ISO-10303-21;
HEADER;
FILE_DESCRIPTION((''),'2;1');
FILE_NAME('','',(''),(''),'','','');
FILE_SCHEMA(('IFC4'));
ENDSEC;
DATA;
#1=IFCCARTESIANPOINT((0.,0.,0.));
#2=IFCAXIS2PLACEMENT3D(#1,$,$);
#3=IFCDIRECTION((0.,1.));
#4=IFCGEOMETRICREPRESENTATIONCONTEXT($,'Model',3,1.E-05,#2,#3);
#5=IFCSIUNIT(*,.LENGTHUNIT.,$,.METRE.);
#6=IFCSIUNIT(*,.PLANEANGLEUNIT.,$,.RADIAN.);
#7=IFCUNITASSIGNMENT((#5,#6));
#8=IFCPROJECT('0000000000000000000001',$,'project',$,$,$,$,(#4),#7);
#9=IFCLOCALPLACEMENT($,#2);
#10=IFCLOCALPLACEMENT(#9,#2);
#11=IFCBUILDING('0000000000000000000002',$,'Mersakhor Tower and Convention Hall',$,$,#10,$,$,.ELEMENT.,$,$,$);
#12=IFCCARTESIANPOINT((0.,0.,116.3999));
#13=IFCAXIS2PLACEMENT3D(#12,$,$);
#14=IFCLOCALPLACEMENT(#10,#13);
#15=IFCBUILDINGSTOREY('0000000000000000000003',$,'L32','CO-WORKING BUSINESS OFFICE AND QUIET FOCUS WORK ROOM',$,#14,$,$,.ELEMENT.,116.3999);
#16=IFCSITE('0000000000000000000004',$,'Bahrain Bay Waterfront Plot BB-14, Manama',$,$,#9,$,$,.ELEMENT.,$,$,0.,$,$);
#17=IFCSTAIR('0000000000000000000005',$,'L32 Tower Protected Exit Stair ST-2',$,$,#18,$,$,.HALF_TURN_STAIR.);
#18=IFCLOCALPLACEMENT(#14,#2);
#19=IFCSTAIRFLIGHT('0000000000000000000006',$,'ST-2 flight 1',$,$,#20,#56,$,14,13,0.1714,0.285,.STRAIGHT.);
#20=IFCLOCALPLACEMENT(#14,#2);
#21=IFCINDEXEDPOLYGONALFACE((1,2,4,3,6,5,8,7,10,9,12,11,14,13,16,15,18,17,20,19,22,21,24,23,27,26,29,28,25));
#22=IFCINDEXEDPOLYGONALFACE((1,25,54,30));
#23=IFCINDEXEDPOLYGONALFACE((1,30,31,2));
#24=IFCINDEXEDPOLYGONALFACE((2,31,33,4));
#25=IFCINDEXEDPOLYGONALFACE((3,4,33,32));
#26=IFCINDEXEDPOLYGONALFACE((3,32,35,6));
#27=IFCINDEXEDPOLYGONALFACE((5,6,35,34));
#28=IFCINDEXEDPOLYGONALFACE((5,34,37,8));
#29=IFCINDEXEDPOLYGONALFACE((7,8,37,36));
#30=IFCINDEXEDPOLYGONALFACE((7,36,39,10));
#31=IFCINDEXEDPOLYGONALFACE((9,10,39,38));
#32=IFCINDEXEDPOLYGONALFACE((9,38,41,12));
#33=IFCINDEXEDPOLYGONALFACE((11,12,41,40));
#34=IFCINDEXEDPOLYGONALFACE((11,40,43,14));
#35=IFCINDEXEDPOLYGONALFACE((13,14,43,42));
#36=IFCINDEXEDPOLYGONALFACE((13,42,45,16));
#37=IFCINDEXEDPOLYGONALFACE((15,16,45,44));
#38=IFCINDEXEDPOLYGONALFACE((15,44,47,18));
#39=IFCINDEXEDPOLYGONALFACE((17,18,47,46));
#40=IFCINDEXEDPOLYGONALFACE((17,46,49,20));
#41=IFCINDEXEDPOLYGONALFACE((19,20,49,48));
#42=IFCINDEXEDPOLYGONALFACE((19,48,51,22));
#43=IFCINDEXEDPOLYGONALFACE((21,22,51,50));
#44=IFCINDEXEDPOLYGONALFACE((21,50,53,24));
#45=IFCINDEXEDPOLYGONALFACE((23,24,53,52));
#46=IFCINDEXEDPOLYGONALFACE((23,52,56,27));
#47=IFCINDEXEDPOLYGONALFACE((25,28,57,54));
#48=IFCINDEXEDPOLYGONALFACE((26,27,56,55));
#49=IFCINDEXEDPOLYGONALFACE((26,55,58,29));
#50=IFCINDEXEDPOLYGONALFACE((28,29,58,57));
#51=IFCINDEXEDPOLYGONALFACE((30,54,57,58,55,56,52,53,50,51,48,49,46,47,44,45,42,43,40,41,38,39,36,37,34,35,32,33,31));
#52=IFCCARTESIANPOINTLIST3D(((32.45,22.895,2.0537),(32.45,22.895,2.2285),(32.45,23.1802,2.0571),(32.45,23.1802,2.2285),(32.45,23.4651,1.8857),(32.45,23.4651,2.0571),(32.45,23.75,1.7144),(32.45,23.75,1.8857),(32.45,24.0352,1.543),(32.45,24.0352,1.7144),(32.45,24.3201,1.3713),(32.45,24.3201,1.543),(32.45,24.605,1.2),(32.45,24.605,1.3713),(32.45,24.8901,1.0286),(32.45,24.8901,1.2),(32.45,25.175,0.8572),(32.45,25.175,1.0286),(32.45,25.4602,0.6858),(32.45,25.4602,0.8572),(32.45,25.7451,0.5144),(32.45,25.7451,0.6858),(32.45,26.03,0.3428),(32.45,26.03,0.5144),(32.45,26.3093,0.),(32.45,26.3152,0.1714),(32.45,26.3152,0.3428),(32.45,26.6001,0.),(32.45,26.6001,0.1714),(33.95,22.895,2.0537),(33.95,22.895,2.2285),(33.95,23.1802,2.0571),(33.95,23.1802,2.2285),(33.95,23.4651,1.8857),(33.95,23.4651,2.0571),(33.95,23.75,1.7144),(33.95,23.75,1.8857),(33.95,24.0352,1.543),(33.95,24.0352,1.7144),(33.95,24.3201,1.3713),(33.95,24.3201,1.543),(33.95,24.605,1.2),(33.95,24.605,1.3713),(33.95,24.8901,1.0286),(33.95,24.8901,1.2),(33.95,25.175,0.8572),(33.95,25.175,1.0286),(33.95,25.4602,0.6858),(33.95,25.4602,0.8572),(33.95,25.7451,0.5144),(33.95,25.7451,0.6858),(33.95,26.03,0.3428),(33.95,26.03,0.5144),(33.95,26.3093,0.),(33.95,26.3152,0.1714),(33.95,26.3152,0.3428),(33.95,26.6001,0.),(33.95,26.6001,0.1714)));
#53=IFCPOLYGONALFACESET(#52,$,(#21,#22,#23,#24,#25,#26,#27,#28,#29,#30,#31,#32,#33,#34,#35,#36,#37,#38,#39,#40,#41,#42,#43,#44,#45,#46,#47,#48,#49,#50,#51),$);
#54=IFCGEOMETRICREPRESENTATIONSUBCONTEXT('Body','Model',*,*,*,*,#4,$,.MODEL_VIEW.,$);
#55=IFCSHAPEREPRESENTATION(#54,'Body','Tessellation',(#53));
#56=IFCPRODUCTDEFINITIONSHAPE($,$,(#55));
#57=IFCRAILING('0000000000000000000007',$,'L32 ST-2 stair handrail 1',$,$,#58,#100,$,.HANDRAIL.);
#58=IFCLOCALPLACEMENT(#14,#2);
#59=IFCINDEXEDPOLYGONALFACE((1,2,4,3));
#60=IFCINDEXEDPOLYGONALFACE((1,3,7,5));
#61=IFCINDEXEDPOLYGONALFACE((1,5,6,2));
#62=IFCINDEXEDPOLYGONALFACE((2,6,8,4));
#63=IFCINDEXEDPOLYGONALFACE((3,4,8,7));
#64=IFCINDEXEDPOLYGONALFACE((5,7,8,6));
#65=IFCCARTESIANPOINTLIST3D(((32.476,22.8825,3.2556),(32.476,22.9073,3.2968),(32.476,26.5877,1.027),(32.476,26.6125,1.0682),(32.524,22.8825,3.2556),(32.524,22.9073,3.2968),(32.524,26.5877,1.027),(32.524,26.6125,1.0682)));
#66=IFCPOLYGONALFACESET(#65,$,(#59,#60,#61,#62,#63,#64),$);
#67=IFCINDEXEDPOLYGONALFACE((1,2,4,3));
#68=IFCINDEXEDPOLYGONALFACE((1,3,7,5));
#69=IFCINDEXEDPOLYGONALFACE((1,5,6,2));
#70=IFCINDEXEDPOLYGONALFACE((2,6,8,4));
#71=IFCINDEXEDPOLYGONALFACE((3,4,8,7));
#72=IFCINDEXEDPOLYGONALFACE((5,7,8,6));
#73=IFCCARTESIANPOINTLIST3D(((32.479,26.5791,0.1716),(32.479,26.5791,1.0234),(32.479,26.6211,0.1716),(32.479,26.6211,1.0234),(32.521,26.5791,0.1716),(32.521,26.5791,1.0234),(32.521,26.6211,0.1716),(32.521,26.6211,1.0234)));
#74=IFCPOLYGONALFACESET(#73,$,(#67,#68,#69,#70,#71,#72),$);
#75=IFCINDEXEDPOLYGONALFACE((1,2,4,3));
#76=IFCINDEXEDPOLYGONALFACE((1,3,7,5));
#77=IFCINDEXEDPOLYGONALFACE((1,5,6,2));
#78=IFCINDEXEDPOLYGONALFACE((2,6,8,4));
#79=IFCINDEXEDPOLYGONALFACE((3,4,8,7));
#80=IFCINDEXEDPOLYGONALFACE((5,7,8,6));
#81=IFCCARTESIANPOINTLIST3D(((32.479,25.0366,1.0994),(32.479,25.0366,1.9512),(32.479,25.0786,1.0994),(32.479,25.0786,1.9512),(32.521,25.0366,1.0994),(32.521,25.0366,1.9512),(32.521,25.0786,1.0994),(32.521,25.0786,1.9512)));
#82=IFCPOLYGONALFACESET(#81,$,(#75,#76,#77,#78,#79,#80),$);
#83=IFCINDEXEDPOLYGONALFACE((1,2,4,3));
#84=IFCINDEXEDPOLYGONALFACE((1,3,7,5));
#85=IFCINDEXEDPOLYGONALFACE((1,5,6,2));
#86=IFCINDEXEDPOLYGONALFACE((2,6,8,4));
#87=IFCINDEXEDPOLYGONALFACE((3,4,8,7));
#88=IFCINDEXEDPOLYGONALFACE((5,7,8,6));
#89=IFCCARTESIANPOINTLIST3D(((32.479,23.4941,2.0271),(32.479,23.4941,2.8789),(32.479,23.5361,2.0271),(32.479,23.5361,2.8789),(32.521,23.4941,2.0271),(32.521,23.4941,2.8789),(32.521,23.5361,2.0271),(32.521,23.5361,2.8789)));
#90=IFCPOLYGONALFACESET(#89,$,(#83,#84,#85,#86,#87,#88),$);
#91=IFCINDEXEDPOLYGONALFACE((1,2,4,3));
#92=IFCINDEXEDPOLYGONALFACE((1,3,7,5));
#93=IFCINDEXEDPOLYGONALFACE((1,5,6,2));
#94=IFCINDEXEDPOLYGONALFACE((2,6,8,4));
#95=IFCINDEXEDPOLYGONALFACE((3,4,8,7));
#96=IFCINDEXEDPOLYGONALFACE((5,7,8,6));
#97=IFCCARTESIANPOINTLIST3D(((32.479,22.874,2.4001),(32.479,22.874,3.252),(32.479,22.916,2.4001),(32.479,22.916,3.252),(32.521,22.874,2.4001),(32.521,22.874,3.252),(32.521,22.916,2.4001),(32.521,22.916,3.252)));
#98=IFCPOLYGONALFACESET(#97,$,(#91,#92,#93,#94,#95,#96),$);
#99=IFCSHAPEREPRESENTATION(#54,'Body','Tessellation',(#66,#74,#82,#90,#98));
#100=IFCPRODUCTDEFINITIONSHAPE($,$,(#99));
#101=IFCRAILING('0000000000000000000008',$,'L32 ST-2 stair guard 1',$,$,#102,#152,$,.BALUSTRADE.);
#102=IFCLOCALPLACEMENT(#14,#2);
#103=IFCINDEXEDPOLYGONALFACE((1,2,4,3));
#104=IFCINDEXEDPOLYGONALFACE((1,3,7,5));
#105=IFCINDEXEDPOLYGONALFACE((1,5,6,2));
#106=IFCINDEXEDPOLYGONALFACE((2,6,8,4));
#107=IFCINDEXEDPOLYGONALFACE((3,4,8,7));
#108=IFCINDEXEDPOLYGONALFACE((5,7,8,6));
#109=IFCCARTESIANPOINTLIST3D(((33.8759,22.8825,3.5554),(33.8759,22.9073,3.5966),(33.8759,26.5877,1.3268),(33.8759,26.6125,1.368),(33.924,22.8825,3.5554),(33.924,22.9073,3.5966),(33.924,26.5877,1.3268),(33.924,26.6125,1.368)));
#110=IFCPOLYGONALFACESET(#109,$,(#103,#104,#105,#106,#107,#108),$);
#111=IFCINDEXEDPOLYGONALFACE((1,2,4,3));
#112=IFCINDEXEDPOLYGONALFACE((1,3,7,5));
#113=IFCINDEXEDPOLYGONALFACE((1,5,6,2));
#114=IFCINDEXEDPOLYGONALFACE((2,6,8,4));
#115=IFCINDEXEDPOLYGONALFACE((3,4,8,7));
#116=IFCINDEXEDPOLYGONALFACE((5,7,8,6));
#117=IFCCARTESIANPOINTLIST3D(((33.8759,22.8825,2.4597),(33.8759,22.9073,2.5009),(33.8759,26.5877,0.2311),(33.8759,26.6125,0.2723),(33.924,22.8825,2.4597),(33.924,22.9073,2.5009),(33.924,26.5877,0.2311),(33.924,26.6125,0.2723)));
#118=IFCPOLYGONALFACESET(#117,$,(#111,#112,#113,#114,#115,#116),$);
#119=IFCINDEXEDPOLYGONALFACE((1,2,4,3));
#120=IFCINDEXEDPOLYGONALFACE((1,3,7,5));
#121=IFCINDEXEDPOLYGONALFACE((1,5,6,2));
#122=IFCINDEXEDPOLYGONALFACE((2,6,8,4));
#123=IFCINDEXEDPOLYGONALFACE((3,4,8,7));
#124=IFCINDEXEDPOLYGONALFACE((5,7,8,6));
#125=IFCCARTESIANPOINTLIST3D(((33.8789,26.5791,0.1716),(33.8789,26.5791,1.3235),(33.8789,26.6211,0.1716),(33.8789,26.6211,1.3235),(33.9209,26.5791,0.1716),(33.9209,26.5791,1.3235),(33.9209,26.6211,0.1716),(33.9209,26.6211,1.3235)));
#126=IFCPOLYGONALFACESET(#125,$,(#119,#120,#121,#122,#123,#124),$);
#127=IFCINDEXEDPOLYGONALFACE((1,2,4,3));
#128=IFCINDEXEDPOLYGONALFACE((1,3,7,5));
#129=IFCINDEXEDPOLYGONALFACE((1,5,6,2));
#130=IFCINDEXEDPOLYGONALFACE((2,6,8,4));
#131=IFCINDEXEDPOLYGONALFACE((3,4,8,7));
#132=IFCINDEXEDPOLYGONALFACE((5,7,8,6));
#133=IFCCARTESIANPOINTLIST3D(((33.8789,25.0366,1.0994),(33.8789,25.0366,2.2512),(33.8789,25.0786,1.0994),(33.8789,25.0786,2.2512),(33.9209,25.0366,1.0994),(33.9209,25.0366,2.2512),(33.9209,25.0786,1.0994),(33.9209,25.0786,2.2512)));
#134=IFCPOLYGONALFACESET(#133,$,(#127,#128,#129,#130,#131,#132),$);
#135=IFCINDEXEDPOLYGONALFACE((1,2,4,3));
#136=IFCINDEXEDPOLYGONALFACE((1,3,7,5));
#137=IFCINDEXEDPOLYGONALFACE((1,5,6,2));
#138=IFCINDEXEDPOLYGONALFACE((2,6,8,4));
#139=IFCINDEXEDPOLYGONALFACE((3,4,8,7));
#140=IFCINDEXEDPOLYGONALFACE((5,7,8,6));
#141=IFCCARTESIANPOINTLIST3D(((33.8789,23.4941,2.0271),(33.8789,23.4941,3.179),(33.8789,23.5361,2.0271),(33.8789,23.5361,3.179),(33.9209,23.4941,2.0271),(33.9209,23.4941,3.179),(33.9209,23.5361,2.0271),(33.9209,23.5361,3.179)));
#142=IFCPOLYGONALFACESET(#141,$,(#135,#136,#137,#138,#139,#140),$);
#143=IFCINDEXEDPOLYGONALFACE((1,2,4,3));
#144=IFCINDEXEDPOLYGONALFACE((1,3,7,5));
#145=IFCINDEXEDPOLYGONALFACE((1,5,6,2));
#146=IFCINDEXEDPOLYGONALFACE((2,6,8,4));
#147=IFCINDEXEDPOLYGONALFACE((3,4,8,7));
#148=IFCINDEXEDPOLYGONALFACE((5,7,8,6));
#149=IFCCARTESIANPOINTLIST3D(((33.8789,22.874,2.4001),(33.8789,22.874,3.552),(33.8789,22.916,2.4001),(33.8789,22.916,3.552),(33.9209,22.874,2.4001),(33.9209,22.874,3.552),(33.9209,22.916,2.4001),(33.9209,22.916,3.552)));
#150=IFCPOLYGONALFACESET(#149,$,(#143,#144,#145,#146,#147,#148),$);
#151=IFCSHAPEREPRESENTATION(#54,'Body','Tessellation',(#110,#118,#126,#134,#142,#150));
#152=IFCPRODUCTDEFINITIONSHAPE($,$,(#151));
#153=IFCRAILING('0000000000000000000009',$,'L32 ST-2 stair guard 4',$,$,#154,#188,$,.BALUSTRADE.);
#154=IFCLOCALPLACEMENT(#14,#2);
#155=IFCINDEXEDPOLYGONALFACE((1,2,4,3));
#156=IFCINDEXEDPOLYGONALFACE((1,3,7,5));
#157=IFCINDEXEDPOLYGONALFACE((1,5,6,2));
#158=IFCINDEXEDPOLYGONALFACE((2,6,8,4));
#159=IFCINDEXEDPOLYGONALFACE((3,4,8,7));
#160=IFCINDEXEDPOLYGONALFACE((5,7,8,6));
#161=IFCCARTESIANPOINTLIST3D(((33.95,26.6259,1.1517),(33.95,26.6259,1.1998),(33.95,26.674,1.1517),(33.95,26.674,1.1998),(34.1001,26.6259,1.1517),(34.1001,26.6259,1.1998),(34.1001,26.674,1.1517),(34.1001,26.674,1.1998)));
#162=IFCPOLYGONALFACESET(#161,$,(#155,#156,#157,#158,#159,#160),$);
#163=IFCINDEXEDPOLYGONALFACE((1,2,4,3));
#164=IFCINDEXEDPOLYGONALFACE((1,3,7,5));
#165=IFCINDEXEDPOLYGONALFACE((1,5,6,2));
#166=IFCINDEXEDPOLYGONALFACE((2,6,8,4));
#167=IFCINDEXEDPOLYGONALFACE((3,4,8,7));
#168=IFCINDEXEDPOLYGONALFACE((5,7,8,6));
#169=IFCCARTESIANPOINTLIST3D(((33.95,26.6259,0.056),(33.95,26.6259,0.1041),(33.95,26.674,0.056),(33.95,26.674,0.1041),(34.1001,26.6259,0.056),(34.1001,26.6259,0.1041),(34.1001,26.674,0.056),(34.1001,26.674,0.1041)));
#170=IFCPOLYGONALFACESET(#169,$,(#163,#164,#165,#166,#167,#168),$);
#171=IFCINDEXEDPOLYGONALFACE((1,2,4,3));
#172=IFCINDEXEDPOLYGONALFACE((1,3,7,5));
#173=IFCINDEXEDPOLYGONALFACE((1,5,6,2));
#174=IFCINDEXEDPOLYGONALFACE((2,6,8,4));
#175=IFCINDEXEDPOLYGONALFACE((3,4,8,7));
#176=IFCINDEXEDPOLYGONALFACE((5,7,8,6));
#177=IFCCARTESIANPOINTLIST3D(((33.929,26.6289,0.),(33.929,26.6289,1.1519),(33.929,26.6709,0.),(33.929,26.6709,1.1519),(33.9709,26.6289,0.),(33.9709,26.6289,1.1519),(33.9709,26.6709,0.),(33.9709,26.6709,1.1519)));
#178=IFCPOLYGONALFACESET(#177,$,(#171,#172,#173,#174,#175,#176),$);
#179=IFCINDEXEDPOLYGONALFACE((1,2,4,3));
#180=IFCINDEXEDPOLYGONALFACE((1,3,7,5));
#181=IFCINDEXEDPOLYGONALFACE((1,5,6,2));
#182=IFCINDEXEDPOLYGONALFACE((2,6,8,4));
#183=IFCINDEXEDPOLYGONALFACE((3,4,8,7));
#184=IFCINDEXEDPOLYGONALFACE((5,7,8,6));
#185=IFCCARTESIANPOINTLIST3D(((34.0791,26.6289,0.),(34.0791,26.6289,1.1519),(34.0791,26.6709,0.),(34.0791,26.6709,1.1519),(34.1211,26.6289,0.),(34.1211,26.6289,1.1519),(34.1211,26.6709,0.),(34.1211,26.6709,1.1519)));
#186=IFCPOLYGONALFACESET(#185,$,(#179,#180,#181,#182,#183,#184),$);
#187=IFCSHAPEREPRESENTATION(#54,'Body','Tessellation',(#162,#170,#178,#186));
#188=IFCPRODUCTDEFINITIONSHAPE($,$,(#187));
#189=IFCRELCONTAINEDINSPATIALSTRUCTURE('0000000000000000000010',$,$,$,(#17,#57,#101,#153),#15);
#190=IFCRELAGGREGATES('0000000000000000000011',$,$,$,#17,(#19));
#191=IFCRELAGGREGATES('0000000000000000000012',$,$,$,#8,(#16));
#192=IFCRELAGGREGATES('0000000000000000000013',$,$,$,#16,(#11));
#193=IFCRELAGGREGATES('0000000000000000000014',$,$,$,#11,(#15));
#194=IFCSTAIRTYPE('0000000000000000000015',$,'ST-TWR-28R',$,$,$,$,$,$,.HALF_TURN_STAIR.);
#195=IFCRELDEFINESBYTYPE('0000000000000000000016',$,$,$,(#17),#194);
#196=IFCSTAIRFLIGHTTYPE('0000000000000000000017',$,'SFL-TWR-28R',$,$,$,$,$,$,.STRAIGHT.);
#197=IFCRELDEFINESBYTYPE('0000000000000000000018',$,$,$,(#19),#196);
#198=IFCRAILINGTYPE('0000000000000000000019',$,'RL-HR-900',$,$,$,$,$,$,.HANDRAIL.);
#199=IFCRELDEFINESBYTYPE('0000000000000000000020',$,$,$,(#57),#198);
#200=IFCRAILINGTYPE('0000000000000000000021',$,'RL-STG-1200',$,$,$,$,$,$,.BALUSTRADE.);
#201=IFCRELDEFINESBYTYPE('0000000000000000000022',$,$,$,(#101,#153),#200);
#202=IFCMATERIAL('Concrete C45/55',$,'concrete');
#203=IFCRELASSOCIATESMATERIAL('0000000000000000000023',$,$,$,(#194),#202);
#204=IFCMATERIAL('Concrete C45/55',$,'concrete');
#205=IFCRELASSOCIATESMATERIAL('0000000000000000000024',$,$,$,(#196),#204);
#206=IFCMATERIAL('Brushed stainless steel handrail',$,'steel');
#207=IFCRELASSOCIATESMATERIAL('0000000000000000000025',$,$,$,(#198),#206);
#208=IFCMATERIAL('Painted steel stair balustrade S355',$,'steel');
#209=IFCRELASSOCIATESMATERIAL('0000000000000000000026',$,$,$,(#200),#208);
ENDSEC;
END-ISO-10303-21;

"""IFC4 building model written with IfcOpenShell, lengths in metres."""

from ifc_helpers import new_model, si_unit, direction, frame, origin, origin_2d, place, context, subcontext, project, spatial, polyline, rectangle, outline, extrude, material, type_object, element, aggregate, save


model = new_model("IFC4")

# Units and contexts
model_context = context("Model", 3, precision=1e-05, world=origin(), true_north=direction((0.0, 1.0)))
body_context = subcontext(model_context, "Body", "Model", "MODEL_VIEW")
ifc_project = project(units=[si_unit("LENGTHUNIT", "METRE"), si_unit("PLANEANGLEUNIT", "RADIAN")], contexts=[model_context])

# Site, building, storey
site_placement = place(None, origin())
site = spatial("IfcSite", under=ifc_project, at=site_placement, Name="Bahrain Bay Waterfront Plot BB-14, Manama", CompositionType="ELEMENT", RefElevation=0.0)
building_placement = place(site_placement, origin())
building = spatial("IfcBuilding", under=site, at=building_placement, Name="Mersakhor Tower and Convention Hall", CompositionType="ELEMENT")
storey_placement = place(building_placement, frame((0.0, 0.0, 116.3999)))
storey = spatial("IfcBuildingStorey", under=building, at=storey_placement, Name="L32", Description="CO-WORKING BUSINESS OFFICE AND QUIET FOCUS WORK ROOM", CompositionType="ELEMENT", Elevation=116.3999)

# Stair, stair flight
ifc_material_1 = material(Name="Concrete C45/55", Category="concrete")
stair_type = type_object("IfcStairType", Name="ST-TWR-28R", PredefinedType="HALF_TURN_STAIR", material=ifc_material_1)
stair_placement = place(storey_placement, origin())
stair = element("IfcStair", 1, at=stair_placement, inside=storey, type_object=stair_type, Name="L32 Tower Protected Exit Stair ST-2", PredefinedType="HALF_TURN_STAIR")
ifc_material_2 = material(Name="Concrete C45/55", Category="concrete")
stair_flight_type = type_object("IfcStairFlightType", Name="SFL-TWR-28R", PredefinedType="STRAIGHT", material=ifc_material_2)
stair_flight_placement = place(storey_placement, frame((33.2, 26.6001, 0.0), z_axis=(0.0, 0.0, 1.0), x_axis=(0.0, -1.0, 0.0)))
stair_flight = element("IfcStairFlight", 2, at=stair_flight_placement, type_object=stair_flight_type, Name="ST-2 flight 1", NumberOfRisers=14, NumberOfTreads=13, PredefinedType="STRAIGHT", RiserHeight=0.1714, TreadLength=0.285, context=body_context, shape_type="SweptSolid", body=[
    extrude(outline(polyline([(0.0, 0.0), (0.0, 0.1714), (0.2849, 0.1714), (0.2849, 0.3428), (0.5701, 0.3428), (0.5701, 0.5144), (0.855, 0.5144), (0.855, 0.6858), (1.1399, 0.6858), (1.1399, 0.8572), (1.425, 0.8572), (1.425, 1.0286), (1.71, 1.0286), (1.71, 1.2), (1.9951, 1.2), (1.9951, 1.3713), (2.28, 1.3713), (2.28, 1.543), (2.5649, 1.543), (2.5649, 1.7144), (2.8501, 1.7144), (2.8501, 1.8857), (3.135, 1.8857), (3.135, 2.0571), (3.4199, 2.0571), (3.4199, 2.2285), (3.7051, 2.2285), (3.7051, 2.3999), (3.7051, 2.0537), (0.2908, 0.0), (0.0, 0.0)])), frame((0.0, 0.75, 0.0), z_axis=(0.0, -1.0, 0.0), x_axis=(1.0, 0.0, 0.0)), (0.0, 0.0, 1.0), 1.5),
])
aggregate(stair, [stair_flight])

# Railings
ifc_material_3 = material(Name="Brushed stainless steel handrail", Category="steel")
railing_type_1 = type_object("IfcRailingType", Name="RL-HR-900", PredefinedType="HANDRAIL", material=ifc_material_3)
railing_1_placement = place(storey_placement, frame((32.5, 26.6001, 0.1716)))
element("IfcRailing", 3, at=railing_1_placement, inside=storey, type_object=railing_type_1, Name="L32 ST-2 stair handrail 1", PredefinedType="HANDRAIL", context=body_context, shape_type="SweptSolid", body=[
    extrude(rectangle(XDim=0.0481, YDim=0.0481, at=origin_2d()), frame((0.0, 0.0, 0.876), z_axis=(0.0, -0.856934, 0.515425), x_axis=(1.0, 0.0, 0.0)), (0.0, 0.0, 1.0), 4.3237),
    extrude(rectangle(XDim=0.042, YDim=0.042, at=origin_2d()), origin(), (0.0, 0.0, 1.0), 0.8518),
    extrude(rectangle(XDim=0.042, YDim=0.042, at=origin_2d()), frame((0.0, -1.5425, 0.9277)), (0.0, 0.0, 1.0), 0.8518),
    extrude(rectangle(XDim=0.042, YDim=0.042, at=origin_2d()), frame((0.0, -3.085, 1.8555)), (0.0, 0.0, 1.0), 0.8518),
    extrude(rectangle(XDim=0.042, YDim=0.042, at=origin_2d()), frame((0.0, -3.7051, 2.2285)), (0.0, 0.0, 1.0), 0.8518),
])
ifc_material_4 = material(Name="Painted steel stair balustrade S355", Category="steel")
railing_type_2 = type_object("IfcRailingType", Name="RL-STG-1200", PredefinedType="BALUSTRADE", material=ifc_material_4)
railing_2_placement = place(storey_placement, frame((33.8999, 26.6001, 0.1716)))
element("IfcRailing", 4, at=railing_2_placement, inside=storey, type_object=railing_type_2, Name="L32 ST-2 stair guard 1", PredefinedType="BALUSTRADE", context=body_context, shape_type="SweptSolid", body=[
    extrude(rectangle(XDim=0.0481, YDim=0.0481, at=origin_2d()), frame((0.0, 0.0, 1.1758), z_axis=(0.0, -0.856934, 0.515425), x_axis=(1.0, 0.0, 0.0)), (0.0, 0.0, 1.0), 4.3237),
    extrude(rectangle(XDim=0.0481, YDim=0.0481, at=origin_2d()), frame((0.0, 0.0, 0.0801), z_axis=(0.0, -0.856934, 0.515425), x_axis=(1.0, 0.0, 0.0)), (0.0, 0.0, 1.0), 4.3237),
    extrude(rectangle(XDim=0.042, YDim=0.042, at=origin_2d()), origin(), (0.0, 0.0, 1.0), 1.1519),
    extrude(rectangle(XDim=0.042, YDim=0.042, at=origin_2d()), frame((0.0, -1.5425, 0.9277)), (0.0, 0.0, 1.0), 1.1519),
    extrude(rectangle(XDim=0.042, YDim=0.042, at=origin_2d()), frame((0.0, -3.085, 1.8555)), (0.0, 0.0, 1.0), 1.1519),
    extrude(rectangle(XDim=0.042, YDim=0.042, at=origin_2d()), frame((0.0, -3.7051, 2.2285)), (0.0, 0.0, 1.0), 1.1519),
])
railing_3_placement = place(storey_placement, frame((33.95, 26.6499, 0.0)))
element("IfcRailing", 5, at=railing_3_placement, inside=storey, type_object=railing_type_2, Name="L32 ST-2 stair guard 4", PredefinedType="BALUSTRADE", context=body_context, shape_type="SweptSolid", body=[
    extrude(rectangle(XDim=0.0481, YDim=0.0481, at=origin_2d()), frame((0.0, 0.0, 1.1758), z_axis=(1.0, 0.0, 0.0), x_axis=(0.0, 1.0, 0.0)), (0.0, 0.0, 1.0), 0.1501),
    extrude(rectangle(XDim=0.0481, YDim=0.0481, at=origin_2d()), frame((0.0, 0.0, 0.0801), z_axis=(1.0, 0.0, 0.0), x_axis=(0.0, 1.0, 0.0)), (0.0, 0.0, 1.0), 0.1501),
    extrude(rectangle(XDim=0.042, YDim=0.042, at=origin_2d()), origin(), (0.0, 0.0, 1.0), 1.1519),
    extrude(rectangle(XDim=0.042, YDim=0.042, at=origin_2d()), frame((0.1501, 0.0, 0.0)), (0.0, 0.0, 1.0), 1.1519),
])

save(model, "model.ifc")
